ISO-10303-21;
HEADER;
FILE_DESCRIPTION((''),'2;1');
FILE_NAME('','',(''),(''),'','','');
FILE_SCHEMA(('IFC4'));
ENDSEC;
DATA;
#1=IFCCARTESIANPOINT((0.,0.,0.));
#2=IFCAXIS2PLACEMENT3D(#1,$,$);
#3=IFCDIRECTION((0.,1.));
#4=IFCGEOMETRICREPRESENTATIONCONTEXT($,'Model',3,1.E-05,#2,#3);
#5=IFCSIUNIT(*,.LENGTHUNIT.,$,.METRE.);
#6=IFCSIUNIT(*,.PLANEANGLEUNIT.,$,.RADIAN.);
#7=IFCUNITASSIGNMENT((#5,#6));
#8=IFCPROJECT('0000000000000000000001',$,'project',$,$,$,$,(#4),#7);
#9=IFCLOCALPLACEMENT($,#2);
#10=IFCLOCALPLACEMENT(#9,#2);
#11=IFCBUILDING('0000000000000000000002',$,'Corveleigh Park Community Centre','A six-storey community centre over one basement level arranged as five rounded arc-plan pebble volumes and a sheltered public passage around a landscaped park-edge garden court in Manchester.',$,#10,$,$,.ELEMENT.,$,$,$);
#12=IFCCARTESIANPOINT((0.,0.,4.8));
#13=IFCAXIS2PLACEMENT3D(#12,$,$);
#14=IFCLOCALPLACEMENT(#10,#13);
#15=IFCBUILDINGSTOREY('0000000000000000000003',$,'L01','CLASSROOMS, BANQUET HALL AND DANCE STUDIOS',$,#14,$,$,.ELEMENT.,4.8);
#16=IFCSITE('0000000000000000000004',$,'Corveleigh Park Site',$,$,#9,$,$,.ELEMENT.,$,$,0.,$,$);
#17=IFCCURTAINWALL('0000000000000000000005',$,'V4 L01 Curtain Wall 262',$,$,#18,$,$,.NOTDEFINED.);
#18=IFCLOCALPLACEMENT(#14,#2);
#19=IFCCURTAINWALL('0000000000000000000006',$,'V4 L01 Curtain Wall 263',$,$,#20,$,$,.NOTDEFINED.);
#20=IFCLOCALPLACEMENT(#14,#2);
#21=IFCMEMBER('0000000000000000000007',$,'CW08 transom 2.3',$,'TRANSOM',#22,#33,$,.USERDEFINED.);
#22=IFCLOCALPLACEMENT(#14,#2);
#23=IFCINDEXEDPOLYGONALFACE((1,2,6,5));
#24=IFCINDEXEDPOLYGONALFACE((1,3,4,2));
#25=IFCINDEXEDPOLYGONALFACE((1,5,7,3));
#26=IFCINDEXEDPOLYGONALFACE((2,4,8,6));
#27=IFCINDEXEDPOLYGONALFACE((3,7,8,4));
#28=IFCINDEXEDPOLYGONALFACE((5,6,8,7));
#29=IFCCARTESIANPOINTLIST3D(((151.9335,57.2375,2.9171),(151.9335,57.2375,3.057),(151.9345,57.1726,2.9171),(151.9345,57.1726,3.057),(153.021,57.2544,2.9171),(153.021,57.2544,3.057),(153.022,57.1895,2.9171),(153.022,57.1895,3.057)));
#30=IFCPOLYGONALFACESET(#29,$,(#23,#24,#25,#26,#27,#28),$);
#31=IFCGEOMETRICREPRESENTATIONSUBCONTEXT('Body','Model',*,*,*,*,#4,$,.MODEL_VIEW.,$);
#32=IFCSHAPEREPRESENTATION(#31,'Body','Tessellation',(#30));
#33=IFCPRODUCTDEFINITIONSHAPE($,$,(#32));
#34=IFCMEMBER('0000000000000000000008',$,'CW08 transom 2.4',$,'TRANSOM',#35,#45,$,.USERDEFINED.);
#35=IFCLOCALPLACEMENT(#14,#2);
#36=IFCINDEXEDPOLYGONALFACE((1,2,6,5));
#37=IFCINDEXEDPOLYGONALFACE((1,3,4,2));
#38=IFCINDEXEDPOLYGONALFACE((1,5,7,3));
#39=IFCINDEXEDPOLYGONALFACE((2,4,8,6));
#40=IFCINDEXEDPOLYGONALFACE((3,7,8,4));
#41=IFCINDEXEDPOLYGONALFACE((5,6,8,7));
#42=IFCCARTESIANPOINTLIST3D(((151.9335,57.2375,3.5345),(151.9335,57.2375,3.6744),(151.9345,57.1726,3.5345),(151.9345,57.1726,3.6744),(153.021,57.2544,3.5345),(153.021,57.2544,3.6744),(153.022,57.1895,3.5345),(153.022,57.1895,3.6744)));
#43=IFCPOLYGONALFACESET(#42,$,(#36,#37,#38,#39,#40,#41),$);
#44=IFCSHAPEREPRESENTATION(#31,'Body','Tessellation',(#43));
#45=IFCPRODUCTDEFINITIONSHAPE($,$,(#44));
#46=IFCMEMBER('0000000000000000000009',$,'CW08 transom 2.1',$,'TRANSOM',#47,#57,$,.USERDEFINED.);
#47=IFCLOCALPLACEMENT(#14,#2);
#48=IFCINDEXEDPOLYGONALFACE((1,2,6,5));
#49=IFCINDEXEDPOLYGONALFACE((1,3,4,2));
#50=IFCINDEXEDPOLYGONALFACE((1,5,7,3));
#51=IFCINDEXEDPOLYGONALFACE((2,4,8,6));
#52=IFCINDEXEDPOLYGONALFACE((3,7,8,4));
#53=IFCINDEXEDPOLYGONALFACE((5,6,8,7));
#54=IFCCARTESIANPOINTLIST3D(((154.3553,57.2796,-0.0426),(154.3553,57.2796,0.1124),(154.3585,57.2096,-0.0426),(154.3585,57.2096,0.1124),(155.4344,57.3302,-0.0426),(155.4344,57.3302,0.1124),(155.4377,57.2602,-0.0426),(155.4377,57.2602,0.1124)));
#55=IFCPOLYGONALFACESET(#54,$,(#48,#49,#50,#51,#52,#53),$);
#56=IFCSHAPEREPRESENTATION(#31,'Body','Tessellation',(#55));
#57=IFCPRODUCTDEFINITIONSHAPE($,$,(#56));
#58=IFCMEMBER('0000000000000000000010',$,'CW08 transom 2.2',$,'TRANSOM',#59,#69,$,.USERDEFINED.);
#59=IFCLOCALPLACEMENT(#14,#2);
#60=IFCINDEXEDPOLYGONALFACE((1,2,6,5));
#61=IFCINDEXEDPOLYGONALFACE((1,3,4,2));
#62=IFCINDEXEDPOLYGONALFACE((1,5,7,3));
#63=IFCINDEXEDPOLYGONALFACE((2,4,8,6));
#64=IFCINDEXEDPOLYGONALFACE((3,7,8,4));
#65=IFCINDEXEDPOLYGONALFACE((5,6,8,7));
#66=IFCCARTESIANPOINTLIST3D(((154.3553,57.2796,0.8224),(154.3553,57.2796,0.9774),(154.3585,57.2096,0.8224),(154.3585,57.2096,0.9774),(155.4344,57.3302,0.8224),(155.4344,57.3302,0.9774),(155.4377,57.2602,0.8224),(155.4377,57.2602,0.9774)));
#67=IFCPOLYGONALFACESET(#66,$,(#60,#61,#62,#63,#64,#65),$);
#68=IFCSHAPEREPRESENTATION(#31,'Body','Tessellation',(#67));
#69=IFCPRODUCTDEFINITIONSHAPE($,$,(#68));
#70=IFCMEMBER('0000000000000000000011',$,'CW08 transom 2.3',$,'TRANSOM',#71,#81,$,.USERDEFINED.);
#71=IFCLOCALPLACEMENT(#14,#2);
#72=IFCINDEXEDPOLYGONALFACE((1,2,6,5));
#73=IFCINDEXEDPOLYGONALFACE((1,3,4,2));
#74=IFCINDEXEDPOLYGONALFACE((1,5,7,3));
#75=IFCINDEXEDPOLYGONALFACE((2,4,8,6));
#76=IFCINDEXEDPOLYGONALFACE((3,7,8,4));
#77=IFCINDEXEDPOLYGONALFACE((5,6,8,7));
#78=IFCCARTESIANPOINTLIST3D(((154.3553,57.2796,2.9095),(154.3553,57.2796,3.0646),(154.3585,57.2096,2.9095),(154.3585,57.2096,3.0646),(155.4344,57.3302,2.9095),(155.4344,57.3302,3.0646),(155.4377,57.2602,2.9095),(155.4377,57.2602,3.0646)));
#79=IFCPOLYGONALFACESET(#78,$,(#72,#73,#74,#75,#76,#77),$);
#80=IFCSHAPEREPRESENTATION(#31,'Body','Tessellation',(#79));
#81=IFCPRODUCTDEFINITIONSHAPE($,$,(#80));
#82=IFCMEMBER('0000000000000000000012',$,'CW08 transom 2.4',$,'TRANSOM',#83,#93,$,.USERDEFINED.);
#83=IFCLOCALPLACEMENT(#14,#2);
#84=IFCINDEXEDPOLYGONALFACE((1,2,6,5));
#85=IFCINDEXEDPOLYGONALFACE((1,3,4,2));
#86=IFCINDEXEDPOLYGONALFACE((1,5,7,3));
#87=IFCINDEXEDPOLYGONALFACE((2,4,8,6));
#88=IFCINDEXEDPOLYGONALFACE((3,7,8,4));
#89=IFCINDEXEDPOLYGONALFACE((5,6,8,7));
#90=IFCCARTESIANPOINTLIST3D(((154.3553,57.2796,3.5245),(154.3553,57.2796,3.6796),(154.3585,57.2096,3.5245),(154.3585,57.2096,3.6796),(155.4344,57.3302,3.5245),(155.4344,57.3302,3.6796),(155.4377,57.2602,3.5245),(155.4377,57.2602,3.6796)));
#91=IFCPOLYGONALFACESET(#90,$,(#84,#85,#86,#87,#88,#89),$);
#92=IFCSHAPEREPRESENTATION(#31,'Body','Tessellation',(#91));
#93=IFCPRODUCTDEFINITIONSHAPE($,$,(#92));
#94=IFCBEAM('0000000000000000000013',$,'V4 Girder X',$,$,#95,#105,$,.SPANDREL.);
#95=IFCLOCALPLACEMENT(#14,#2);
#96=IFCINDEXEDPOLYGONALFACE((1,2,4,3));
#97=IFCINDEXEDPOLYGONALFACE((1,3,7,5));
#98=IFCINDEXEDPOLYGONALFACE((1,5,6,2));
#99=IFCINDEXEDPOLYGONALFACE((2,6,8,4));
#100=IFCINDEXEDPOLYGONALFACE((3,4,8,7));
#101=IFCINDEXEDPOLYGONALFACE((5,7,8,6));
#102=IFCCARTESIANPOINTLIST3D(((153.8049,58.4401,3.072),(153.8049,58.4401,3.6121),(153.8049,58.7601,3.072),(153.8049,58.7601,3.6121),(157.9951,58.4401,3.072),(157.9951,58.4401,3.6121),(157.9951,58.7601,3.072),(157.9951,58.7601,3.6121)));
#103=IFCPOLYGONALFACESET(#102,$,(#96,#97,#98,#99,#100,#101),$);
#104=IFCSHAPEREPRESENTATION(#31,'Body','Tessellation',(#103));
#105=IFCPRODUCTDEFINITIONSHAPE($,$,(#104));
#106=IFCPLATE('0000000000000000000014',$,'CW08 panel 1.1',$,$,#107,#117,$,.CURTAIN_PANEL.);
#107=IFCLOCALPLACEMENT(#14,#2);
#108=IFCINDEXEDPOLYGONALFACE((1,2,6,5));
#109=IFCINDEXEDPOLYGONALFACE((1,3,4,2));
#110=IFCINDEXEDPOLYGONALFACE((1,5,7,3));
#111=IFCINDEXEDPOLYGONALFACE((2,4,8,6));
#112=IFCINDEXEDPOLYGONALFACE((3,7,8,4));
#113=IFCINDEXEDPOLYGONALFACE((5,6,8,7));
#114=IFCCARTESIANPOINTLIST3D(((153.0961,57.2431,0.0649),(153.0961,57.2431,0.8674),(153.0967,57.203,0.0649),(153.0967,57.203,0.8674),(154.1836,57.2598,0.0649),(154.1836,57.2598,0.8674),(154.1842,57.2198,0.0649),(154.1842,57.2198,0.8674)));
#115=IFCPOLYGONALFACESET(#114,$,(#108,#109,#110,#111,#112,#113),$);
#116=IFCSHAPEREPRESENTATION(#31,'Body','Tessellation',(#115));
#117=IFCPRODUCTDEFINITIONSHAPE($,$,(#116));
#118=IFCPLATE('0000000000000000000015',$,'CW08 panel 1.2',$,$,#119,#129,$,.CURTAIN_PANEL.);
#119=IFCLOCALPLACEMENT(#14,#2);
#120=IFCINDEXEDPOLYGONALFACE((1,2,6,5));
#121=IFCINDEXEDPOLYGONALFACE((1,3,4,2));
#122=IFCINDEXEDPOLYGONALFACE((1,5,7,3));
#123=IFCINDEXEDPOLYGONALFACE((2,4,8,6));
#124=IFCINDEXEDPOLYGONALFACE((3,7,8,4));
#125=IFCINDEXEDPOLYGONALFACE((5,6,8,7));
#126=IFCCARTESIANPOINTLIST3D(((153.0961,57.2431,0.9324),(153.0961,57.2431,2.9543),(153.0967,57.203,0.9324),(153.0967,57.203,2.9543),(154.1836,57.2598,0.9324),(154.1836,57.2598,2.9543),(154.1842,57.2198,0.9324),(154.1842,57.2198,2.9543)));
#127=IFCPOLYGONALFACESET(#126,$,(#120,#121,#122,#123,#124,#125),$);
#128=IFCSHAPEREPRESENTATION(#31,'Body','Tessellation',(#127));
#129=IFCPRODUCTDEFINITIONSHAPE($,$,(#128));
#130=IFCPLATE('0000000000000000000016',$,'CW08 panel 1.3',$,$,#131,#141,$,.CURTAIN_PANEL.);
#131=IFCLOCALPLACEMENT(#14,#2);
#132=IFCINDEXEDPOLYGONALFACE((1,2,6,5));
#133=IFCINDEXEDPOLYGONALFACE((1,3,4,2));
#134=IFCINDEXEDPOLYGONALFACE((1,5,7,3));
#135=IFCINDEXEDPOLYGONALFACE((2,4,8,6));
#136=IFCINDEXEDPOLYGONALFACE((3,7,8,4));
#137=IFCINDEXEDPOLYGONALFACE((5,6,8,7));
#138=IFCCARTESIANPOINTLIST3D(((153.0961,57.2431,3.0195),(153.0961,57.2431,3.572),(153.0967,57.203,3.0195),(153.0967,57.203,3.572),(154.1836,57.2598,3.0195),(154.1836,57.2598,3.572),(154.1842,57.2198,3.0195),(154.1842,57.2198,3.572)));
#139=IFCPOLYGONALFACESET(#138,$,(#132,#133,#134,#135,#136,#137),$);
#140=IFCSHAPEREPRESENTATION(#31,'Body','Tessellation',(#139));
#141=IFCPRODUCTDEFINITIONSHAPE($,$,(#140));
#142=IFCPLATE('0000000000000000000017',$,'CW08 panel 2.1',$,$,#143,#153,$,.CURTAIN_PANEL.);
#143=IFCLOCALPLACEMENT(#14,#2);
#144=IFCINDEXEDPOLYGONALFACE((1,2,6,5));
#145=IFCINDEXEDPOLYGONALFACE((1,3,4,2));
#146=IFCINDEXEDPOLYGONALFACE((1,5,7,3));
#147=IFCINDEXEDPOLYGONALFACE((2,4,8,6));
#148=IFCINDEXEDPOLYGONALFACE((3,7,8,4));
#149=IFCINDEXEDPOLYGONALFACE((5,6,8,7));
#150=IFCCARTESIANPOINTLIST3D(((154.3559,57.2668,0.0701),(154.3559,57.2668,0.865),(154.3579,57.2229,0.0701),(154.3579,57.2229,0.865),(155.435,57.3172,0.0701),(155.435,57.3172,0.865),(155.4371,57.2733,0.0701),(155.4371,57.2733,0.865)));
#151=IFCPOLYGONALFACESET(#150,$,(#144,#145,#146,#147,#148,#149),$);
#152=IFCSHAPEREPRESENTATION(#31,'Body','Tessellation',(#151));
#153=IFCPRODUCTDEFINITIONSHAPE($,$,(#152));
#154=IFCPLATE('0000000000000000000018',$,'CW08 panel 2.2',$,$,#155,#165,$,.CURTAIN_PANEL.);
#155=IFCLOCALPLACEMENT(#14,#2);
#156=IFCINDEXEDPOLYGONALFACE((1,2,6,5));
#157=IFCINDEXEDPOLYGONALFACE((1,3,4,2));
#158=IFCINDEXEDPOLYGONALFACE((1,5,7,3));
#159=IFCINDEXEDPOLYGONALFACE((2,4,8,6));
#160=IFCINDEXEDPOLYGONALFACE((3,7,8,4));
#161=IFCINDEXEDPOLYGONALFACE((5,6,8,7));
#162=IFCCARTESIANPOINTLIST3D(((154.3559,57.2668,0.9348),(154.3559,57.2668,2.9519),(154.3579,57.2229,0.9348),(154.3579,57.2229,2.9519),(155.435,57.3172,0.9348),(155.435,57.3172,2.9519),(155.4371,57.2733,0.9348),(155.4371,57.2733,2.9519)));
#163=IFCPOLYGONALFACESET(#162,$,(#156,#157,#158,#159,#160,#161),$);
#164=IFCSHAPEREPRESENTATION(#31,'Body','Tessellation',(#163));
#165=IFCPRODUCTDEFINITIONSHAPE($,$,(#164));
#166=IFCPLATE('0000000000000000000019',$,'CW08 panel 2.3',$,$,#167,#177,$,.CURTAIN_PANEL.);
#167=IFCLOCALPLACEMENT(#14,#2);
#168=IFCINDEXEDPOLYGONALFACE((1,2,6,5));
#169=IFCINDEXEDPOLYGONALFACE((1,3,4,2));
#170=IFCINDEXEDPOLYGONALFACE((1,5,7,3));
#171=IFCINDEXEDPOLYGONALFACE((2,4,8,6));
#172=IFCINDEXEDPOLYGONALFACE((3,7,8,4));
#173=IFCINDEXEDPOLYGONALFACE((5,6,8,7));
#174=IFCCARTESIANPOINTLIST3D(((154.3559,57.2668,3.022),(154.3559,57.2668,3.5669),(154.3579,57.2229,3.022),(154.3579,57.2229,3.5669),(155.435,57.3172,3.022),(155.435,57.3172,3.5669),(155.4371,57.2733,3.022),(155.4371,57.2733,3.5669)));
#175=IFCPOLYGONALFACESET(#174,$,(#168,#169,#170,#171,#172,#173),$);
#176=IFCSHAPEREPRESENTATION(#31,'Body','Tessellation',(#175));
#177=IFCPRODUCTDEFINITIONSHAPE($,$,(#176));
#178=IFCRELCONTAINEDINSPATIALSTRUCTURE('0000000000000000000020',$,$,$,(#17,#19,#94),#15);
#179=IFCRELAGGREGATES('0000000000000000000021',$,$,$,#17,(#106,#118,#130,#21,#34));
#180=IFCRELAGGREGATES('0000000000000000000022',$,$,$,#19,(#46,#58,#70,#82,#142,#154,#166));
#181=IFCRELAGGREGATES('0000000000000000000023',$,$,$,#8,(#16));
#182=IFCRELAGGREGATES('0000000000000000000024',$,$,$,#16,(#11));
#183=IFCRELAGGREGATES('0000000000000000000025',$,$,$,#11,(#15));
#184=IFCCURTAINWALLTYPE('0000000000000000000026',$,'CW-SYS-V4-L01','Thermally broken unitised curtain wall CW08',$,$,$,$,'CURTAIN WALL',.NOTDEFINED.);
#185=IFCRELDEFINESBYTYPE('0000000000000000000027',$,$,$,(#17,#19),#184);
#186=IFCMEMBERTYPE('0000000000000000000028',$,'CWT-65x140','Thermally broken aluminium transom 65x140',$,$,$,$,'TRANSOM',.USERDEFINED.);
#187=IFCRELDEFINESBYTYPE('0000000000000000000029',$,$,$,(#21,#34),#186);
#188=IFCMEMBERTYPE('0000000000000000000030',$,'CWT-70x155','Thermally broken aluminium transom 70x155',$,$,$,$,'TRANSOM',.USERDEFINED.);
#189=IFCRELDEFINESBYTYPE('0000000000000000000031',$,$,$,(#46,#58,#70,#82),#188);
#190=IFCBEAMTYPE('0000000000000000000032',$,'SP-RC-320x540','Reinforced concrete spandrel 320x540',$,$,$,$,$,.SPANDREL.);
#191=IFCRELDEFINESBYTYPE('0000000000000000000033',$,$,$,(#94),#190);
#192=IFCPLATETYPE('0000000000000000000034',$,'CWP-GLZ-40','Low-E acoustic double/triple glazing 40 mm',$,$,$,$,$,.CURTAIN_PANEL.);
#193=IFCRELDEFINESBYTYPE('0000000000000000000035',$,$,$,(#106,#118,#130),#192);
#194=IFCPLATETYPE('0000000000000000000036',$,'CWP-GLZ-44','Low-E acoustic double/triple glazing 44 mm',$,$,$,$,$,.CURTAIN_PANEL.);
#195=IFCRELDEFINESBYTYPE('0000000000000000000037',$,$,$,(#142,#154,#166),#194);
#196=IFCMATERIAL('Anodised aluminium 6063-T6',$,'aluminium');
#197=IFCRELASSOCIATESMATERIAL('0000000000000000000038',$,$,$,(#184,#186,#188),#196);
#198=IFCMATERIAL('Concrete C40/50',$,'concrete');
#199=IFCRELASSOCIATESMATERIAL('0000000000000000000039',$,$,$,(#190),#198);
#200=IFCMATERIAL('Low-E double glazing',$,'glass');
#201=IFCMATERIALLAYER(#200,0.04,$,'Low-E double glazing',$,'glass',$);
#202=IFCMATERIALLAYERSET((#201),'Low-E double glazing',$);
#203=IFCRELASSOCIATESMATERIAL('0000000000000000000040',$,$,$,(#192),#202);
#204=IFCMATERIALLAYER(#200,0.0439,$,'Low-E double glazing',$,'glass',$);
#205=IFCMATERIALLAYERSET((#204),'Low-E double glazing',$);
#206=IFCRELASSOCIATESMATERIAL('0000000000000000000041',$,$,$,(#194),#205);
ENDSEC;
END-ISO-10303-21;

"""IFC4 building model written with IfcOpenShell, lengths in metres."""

from ifc_helpers import new_model, si_unit, direction, frame, origin, origin_2d, place, context, subcontext, project, spatial, rectangle, extrude, material, layer, layer_set, material_profile, profile_set, type_object, element, aggregate, save


model = new_model("IFC4")

# Units and contexts
model_context = context("Model", 3, precision=1e-05, world=origin(), true_north=direction((0.0, 1.0)))
body_context = subcontext(model_context, "Body", "Model", "MODEL_VIEW")
ifc_project = project(units=[si_unit("LENGTHUNIT", "METRE"), si_unit("PLANEANGLEUNIT", "RADIAN")], contexts=[model_context])

# Site, building, storey
site_placement = place(None, origin())
site = spatial("IfcSite", under=ifc_project, at=site_placement, Name="Corveleigh Park Site", CompositionType="ELEMENT", RefElevation=0.0)
building_placement = place(site_placement, origin())
building = spatial("IfcBuilding", under=site, at=building_placement, Name="Corveleigh Park Community Centre", Description="A six-storey community centre over one basement level arranged as five rounded arc-plan pebble volumes and a sheltered public passage around a landscaped park-edge garden court in Manchester.", CompositionType="ELEMENT")
storey_placement = place(building_placement, frame((0.0, 0.0, 4.8)))
storey = spatial("IfcBuildingStorey", under=building, at=storey_placement, Name="L01", Description="CLASSROOMS, BANQUET HALL AND DANCE STUDIOS", CompositionType="ELEMENT", Elevation=4.8)

# Shared definitions
ifc_material_1 = material(Name="Concrete C40/50", Category="concrete")

# Curtain wall
ifc_material_2 = material(Name="Anodised aluminium 6063-T6", Category="aluminium")
curtain_wall_type = type_object("IfcCurtainWallType", Name="CW-SYS-V4-L01", Description="Thermally broken unitised curtain wall CW08", ElementType="CURTAIN WALL", PredefinedType="NOTDEFINED", material=ifc_material_2)
curtain_wall_1_placement = place(storey_placement, origin())
curtain_wall_1 = element("IfcCurtainWall", 1, at=curtain_wall_1_placement, inside=storey, type_object=curtain_wall_type, Name="V4 L01 Curtain Wall 262", PredefinedType="NOTDEFINED")

# Curtain wall
curtain_wall_2_placement = place(storey_placement, origin())
curtain_wall_2 = element("IfcCurtainWall", 2, at=curtain_wall_2_placement, inside=storey, type_object=curtain_wall_type, Name="V4 L01 Curtain Wall 263", PredefinedType="NOTDEFINED")

# Members
ifc_material_profile_1 = material_profile(ifc_material_2, rectangle(XDim=0.0649, YDim=0.1399, at=origin_2d()), Name="ALU-T65x140", Category="aluminium")
ifc_profile_set_1 = profile_set([ifc_material_profile_1], Name="Anodised aluminium 6063-T6")
member_type_1 = type_object("IfcMemberType", Name="CWT-65x140", Description="Thermally broken aluminium transom 65x140", ElementType="TRANSOM", PredefinedType="USERDEFINED", material=ifc_profile_set_1)
member_1_placement = place(storey_placement, frame((153.0215, 57.2219, 2.9871), z_axis=(-0.99988, -0.01549, 0.0), x_axis=(0.01549, -0.99988, 0.0)))
member_1 = element("IfcMember", 3, at=member_1_placement, type_object=member_type_1, Name="CW08 transom 2.3", ObjectType="TRANSOM", PredefinedType="USERDEFINED", context=body_context, shape_type="SweptSolid", body=[
    extrude(rectangle(XDim=0.0649, YDim=0.1399, at=origin_2d()), origin(), (0.0, 0.0, 1.0), 1.0876),
])
member_2_placement = place(storey_placement, frame((153.0215, 57.2219, 3.6045), z_axis=(-0.99988, -0.01549, 0.0), x_axis=(0.01549, -0.99988, 0.0)))
member_2 = element("IfcMember", 4, at=member_2_placement, type_object=member_type_1, Name="CW08 transom 2.4", ObjectType="TRANSOM", PredefinedType="USERDEFINED", context=body_context, shape_type="SweptSolid", body=[
    extrude(rectangle(XDim=0.0649, YDim=0.1399, at=origin_2d()), origin(), (0.0, 0.0, 1.0), 1.0876),
])
ifc_material_profile_2 = material_profile(ifc_material_2, rectangle(XDim=0.0701, YDim=0.155, at=origin_2d()), Name="ALU-T70x155", Category="aluminium")
ifc_profile_set_2 = profile_set([ifc_material_profile_2], Name="Anodised aluminium 6063-T6")
member_type_2 = type_object("IfcMemberType", Name="CWT-70x155", Description="Thermally broken aluminium transom 70x155", ElementType="TRANSOM", PredefinedType="USERDEFINED", material=ifc_profile_set_2)
member_3_placement = place(storey_placement, frame((155.436, 57.2952, 0.0349), z_axis=(-0.998905, -0.046781, 0.0), x_axis=(0.046781, -0.998905, 0.0)))
member_3 = element("IfcMember", 5, at=member_3_placement, type_object=member_type_2, Name="CW08 transom 2.1", ObjectType="TRANSOM", PredefinedType="USERDEFINED", context=body_context, shape_type="SweptSolid", body=[
    extrude(rectangle(XDim=0.0701, YDim=0.155, at=origin_2d()), origin(), (0.0, 0.0, 1.0), 1.0803),
])
member_4_placement = place(storey_placement, frame((155.436, 57.2952, 0.8999), z_axis=(-0.998905, -0.046781, 0.0), x_axis=(0.046781, -0.998905, 0.0)))
member_4 = element("IfcMember", 6, at=member_4_placement, type_object=member_type_2, Name="CW08 transom 2.2", ObjectType="TRANSOM", PredefinedType="USERDEFINED", context=body_context, shape_type="SweptSolid", body=[
    extrude(rectangle(XDim=0.0701, YDim=0.155, at=origin_2d()), origin(), (0.0, 0.0, 1.0), 1.0803),
])
member_5_placement = place(storey_placement, frame((155.436, 57.2952, 2.9871), z_axis=(-0.998905, -0.046781, 0.0), x_axis=(0.046781, -0.998905, 0.0)))
member_5 = element("IfcMember", 7, at=member_5_placement, type_object=member_type_2, Name="CW08 transom 2.3", ObjectType="TRANSOM", PredefinedType="USERDEFINED", context=body_context, shape_type="SweptSolid", body=[
    extrude(rectangle(XDim=0.0701, YDim=0.155, at=origin_2d()), origin(), (0.0, 0.0, 1.0), 1.0803),
])
member_6_placement = place(storey_placement, frame((155.436, 57.2952, 3.6021), z_axis=(-0.998905, -0.046781, 0.0), x_axis=(0.046781, -0.998905, 0.0)))
member_6 = element("IfcMember", 8, at=member_6_placement, type_object=member_type_2, Name="CW08 transom 2.4", ObjectType="TRANSOM", PredefinedType="USERDEFINED", context=body_context, shape_type="SweptSolid", body=[
    extrude(rectangle(XDim=0.0701, YDim=0.155, at=origin_2d()), origin(), (0.0, 0.0, 1.0), 1.0803),
])

# Beam
ifc_material_profile_3 = material_profile(ifc_material_1, rectangle(XDim=0.3201, YDim=0.54, at=origin_2d()), Name="RC-320x540", Category="concrete")
ifc_profile_set_3 = profile_set([ifc_material_profile_3], Name="Concrete C40/50")
beam_type_1 = type_object("IfcBeamType", Name="SP-RC-320x540", Description="Reinforced concrete spandrel 320x540", PredefinedType="SPANDREL", material=ifc_profile_set_3)
beam_1_placement = place(storey_placement, frame((153.8049, 58.6001, 3.342), z_axis=(1.0, 0.0, 0.0), x_axis=(0.0, 1.0, 0.0)))
element("IfcBeam", 9, at=beam_1_placement, inside=storey, type_object=beam_type_1, Name="V4 Girder X", PredefinedType="SPANDREL", context=body_context, shape_type="SweptSolid", body=[
    extrude(rectangle(XDim=0.3201, YDim=0.54, at=origin_2d()), origin(), (0.0, 0.0, 1.0), 4.1902),
])

# Plates
ifc_material_3 = material(Name="Low-E double glazing", Category="glass")
ifc_layer_1 = layer(ifc_material_3, 0.04, Name="Low-E double glazing", Category="glass")
ifc_layer_set_1 = layer_set([ifc_layer_1], Name="Low-E double glazing")
plate_type_1 = type_object("IfcPlateType", Name="CWP-GLZ-40", Description="Low-E acoustic double/triple glazing 40 mm", PredefinedType="CURTAIN_PANEL", material=ifc_layer_set_1)
plate_1_placement = place(storey_placement, frame((153.6401, 57.2314, 0.0649), z_axis=(0.0, 0.0, 1.0), x_axis=(-0.999881, -0.015415, 0.0)))
plate_1 = element("IfcPlate", 10, at=plate_1_placement, type_object=plate_type_1, Name="CW08 panel 1.1", PredefinedType="CURTAIN_PANEL", context=body_context, shape_type="SweptSolid", body=[
    extrude(rectangle(XDim=1.0876, YDim=0.04, at=origin_2d()), origin(), (0.0, 0.0, 1.0), 0.8025),
])
plate_2_placement = place(storey_placement, frame((153.6401, 57.2314, 0.9324), z_axis=(0.0, 0.0, 1.0), x_axis=(-0.999881, -0.015415, 0.0)))
plate_2 = element("IfcPlate", 11, at=plate_2_placement, type_object=plate_type_1, Name="CW08 panel 1.2", PredefinedType="CURTAIN_PANEL", context=body_context, shape_type="SweptSolid", body=[
    extrude(rectangle(XDim=1.0876, YDim=0.04, at=origin_2d()), origin(), (0.0, 0.0, 1.0), 2.022),
])
plate_3_placement = place(storey_placement, frame((153.6401, 57.2314, 3.0195), z_axis=(0.0, 0.0, 1.0), x_axis=(-0.999881, -0.015415, 0.0)))
plate_3 = element("IfcPlate", 12, at=plate_3_placement, type_object=plate_type_1, Name="CW08 panel 1.3", PredefinedType="CURTAIN_PANEL", context=body_context, shape_type="SweptSolid", body=[
    extrude(rectangle(XDim=1.0876, YDim=0.04, at=origin_2d()), origin(), (0.0, 0.0, 1.0), 0.5525),
])
aggregate(curtain_wall_1, [plate_1, plate_2, plate_3, member_1, member_2])
ifc_layer_2 = layer(ifc_material_3, 0.0439, Name="Low-E double glazing", Category="glass")
ifc_layer_set_2 = layer_set([ifc_layer_2], Name="Low-E double glazing")
plate_type_2 = type_object("IfcPlateType", Name="CWP-GLZ-44", Description="Low-E acoustic double/triple glazing 44 mm", PredefinedType="CURTAIN_PANEL", material=ifc_layer_set_2)
plate_4_placement = place(storey_placement, frame((154.8965, 57.27, 0.0701), z_axis=(0.0, 0.0, 1.0), x_axis=(-0.998911, -0.046655, 0.0)))
plate_4 = element("IfcPlate", 13, at=plate_4_placement, type_object=plate_type_2, Name="CW08 panel 2.1", PredefinedType="CURTAIN_PANEL", context=body_context, shape_type="SweptSolid", body=[
    extrude(rectangle(XDim=1.0803, YDim=0.0439, at=origin_2d()), origin(), (0.0, 0.0, 1.0), 0.7949),
])
plate_5_placement = place(storey_placement, frame((154.8965, 57.27, 0.9348), z_axis=(0.0, 0.0, 1.0), x_axis=(-0.998911, -0.046655, 0.0)))
plate_5 = element("IfcPlate", 14, at=plate_5_placement, type_object=plate_type_2, Name="CW08 panel 2.2", PredefinedType="CURTAIN_PANEL", context=body_context, shape_type="SweptSolid", body=[
    extrude(rectangle(XDim=1.0803, YDim=0.0439, at=origin_2d()), origin(), (0.0, 0.0, 1.0), 2.0171),
])
plate_6_placement = place(storey_placement, frame((154.8965, 57.27, 3.022), z_axis=(0.0, 0.0, 1.0), x_axis=(-0.998911, -0.046655, 0.0)))
plate_6 = element("IfcPlate", 15, at=plate_6_placement, type_object=plate_type_2, Name="CW08 panel 2.3", PredefinedType="CURTAIN_PANEL", context=body_context, shape_type="SweptSolid", body=[
    extrude(rectangle(XDim=1.0803, YDim=0.0439, at=origin_2d()), origin(), (0.0, 0.0, 1.0), 0.5449),
])
aggregate(curtain_wall_2, [member_3, member_4, member_5, member_6, plate_4, plate_5, plate_6])

save(model, "model.ifc")
